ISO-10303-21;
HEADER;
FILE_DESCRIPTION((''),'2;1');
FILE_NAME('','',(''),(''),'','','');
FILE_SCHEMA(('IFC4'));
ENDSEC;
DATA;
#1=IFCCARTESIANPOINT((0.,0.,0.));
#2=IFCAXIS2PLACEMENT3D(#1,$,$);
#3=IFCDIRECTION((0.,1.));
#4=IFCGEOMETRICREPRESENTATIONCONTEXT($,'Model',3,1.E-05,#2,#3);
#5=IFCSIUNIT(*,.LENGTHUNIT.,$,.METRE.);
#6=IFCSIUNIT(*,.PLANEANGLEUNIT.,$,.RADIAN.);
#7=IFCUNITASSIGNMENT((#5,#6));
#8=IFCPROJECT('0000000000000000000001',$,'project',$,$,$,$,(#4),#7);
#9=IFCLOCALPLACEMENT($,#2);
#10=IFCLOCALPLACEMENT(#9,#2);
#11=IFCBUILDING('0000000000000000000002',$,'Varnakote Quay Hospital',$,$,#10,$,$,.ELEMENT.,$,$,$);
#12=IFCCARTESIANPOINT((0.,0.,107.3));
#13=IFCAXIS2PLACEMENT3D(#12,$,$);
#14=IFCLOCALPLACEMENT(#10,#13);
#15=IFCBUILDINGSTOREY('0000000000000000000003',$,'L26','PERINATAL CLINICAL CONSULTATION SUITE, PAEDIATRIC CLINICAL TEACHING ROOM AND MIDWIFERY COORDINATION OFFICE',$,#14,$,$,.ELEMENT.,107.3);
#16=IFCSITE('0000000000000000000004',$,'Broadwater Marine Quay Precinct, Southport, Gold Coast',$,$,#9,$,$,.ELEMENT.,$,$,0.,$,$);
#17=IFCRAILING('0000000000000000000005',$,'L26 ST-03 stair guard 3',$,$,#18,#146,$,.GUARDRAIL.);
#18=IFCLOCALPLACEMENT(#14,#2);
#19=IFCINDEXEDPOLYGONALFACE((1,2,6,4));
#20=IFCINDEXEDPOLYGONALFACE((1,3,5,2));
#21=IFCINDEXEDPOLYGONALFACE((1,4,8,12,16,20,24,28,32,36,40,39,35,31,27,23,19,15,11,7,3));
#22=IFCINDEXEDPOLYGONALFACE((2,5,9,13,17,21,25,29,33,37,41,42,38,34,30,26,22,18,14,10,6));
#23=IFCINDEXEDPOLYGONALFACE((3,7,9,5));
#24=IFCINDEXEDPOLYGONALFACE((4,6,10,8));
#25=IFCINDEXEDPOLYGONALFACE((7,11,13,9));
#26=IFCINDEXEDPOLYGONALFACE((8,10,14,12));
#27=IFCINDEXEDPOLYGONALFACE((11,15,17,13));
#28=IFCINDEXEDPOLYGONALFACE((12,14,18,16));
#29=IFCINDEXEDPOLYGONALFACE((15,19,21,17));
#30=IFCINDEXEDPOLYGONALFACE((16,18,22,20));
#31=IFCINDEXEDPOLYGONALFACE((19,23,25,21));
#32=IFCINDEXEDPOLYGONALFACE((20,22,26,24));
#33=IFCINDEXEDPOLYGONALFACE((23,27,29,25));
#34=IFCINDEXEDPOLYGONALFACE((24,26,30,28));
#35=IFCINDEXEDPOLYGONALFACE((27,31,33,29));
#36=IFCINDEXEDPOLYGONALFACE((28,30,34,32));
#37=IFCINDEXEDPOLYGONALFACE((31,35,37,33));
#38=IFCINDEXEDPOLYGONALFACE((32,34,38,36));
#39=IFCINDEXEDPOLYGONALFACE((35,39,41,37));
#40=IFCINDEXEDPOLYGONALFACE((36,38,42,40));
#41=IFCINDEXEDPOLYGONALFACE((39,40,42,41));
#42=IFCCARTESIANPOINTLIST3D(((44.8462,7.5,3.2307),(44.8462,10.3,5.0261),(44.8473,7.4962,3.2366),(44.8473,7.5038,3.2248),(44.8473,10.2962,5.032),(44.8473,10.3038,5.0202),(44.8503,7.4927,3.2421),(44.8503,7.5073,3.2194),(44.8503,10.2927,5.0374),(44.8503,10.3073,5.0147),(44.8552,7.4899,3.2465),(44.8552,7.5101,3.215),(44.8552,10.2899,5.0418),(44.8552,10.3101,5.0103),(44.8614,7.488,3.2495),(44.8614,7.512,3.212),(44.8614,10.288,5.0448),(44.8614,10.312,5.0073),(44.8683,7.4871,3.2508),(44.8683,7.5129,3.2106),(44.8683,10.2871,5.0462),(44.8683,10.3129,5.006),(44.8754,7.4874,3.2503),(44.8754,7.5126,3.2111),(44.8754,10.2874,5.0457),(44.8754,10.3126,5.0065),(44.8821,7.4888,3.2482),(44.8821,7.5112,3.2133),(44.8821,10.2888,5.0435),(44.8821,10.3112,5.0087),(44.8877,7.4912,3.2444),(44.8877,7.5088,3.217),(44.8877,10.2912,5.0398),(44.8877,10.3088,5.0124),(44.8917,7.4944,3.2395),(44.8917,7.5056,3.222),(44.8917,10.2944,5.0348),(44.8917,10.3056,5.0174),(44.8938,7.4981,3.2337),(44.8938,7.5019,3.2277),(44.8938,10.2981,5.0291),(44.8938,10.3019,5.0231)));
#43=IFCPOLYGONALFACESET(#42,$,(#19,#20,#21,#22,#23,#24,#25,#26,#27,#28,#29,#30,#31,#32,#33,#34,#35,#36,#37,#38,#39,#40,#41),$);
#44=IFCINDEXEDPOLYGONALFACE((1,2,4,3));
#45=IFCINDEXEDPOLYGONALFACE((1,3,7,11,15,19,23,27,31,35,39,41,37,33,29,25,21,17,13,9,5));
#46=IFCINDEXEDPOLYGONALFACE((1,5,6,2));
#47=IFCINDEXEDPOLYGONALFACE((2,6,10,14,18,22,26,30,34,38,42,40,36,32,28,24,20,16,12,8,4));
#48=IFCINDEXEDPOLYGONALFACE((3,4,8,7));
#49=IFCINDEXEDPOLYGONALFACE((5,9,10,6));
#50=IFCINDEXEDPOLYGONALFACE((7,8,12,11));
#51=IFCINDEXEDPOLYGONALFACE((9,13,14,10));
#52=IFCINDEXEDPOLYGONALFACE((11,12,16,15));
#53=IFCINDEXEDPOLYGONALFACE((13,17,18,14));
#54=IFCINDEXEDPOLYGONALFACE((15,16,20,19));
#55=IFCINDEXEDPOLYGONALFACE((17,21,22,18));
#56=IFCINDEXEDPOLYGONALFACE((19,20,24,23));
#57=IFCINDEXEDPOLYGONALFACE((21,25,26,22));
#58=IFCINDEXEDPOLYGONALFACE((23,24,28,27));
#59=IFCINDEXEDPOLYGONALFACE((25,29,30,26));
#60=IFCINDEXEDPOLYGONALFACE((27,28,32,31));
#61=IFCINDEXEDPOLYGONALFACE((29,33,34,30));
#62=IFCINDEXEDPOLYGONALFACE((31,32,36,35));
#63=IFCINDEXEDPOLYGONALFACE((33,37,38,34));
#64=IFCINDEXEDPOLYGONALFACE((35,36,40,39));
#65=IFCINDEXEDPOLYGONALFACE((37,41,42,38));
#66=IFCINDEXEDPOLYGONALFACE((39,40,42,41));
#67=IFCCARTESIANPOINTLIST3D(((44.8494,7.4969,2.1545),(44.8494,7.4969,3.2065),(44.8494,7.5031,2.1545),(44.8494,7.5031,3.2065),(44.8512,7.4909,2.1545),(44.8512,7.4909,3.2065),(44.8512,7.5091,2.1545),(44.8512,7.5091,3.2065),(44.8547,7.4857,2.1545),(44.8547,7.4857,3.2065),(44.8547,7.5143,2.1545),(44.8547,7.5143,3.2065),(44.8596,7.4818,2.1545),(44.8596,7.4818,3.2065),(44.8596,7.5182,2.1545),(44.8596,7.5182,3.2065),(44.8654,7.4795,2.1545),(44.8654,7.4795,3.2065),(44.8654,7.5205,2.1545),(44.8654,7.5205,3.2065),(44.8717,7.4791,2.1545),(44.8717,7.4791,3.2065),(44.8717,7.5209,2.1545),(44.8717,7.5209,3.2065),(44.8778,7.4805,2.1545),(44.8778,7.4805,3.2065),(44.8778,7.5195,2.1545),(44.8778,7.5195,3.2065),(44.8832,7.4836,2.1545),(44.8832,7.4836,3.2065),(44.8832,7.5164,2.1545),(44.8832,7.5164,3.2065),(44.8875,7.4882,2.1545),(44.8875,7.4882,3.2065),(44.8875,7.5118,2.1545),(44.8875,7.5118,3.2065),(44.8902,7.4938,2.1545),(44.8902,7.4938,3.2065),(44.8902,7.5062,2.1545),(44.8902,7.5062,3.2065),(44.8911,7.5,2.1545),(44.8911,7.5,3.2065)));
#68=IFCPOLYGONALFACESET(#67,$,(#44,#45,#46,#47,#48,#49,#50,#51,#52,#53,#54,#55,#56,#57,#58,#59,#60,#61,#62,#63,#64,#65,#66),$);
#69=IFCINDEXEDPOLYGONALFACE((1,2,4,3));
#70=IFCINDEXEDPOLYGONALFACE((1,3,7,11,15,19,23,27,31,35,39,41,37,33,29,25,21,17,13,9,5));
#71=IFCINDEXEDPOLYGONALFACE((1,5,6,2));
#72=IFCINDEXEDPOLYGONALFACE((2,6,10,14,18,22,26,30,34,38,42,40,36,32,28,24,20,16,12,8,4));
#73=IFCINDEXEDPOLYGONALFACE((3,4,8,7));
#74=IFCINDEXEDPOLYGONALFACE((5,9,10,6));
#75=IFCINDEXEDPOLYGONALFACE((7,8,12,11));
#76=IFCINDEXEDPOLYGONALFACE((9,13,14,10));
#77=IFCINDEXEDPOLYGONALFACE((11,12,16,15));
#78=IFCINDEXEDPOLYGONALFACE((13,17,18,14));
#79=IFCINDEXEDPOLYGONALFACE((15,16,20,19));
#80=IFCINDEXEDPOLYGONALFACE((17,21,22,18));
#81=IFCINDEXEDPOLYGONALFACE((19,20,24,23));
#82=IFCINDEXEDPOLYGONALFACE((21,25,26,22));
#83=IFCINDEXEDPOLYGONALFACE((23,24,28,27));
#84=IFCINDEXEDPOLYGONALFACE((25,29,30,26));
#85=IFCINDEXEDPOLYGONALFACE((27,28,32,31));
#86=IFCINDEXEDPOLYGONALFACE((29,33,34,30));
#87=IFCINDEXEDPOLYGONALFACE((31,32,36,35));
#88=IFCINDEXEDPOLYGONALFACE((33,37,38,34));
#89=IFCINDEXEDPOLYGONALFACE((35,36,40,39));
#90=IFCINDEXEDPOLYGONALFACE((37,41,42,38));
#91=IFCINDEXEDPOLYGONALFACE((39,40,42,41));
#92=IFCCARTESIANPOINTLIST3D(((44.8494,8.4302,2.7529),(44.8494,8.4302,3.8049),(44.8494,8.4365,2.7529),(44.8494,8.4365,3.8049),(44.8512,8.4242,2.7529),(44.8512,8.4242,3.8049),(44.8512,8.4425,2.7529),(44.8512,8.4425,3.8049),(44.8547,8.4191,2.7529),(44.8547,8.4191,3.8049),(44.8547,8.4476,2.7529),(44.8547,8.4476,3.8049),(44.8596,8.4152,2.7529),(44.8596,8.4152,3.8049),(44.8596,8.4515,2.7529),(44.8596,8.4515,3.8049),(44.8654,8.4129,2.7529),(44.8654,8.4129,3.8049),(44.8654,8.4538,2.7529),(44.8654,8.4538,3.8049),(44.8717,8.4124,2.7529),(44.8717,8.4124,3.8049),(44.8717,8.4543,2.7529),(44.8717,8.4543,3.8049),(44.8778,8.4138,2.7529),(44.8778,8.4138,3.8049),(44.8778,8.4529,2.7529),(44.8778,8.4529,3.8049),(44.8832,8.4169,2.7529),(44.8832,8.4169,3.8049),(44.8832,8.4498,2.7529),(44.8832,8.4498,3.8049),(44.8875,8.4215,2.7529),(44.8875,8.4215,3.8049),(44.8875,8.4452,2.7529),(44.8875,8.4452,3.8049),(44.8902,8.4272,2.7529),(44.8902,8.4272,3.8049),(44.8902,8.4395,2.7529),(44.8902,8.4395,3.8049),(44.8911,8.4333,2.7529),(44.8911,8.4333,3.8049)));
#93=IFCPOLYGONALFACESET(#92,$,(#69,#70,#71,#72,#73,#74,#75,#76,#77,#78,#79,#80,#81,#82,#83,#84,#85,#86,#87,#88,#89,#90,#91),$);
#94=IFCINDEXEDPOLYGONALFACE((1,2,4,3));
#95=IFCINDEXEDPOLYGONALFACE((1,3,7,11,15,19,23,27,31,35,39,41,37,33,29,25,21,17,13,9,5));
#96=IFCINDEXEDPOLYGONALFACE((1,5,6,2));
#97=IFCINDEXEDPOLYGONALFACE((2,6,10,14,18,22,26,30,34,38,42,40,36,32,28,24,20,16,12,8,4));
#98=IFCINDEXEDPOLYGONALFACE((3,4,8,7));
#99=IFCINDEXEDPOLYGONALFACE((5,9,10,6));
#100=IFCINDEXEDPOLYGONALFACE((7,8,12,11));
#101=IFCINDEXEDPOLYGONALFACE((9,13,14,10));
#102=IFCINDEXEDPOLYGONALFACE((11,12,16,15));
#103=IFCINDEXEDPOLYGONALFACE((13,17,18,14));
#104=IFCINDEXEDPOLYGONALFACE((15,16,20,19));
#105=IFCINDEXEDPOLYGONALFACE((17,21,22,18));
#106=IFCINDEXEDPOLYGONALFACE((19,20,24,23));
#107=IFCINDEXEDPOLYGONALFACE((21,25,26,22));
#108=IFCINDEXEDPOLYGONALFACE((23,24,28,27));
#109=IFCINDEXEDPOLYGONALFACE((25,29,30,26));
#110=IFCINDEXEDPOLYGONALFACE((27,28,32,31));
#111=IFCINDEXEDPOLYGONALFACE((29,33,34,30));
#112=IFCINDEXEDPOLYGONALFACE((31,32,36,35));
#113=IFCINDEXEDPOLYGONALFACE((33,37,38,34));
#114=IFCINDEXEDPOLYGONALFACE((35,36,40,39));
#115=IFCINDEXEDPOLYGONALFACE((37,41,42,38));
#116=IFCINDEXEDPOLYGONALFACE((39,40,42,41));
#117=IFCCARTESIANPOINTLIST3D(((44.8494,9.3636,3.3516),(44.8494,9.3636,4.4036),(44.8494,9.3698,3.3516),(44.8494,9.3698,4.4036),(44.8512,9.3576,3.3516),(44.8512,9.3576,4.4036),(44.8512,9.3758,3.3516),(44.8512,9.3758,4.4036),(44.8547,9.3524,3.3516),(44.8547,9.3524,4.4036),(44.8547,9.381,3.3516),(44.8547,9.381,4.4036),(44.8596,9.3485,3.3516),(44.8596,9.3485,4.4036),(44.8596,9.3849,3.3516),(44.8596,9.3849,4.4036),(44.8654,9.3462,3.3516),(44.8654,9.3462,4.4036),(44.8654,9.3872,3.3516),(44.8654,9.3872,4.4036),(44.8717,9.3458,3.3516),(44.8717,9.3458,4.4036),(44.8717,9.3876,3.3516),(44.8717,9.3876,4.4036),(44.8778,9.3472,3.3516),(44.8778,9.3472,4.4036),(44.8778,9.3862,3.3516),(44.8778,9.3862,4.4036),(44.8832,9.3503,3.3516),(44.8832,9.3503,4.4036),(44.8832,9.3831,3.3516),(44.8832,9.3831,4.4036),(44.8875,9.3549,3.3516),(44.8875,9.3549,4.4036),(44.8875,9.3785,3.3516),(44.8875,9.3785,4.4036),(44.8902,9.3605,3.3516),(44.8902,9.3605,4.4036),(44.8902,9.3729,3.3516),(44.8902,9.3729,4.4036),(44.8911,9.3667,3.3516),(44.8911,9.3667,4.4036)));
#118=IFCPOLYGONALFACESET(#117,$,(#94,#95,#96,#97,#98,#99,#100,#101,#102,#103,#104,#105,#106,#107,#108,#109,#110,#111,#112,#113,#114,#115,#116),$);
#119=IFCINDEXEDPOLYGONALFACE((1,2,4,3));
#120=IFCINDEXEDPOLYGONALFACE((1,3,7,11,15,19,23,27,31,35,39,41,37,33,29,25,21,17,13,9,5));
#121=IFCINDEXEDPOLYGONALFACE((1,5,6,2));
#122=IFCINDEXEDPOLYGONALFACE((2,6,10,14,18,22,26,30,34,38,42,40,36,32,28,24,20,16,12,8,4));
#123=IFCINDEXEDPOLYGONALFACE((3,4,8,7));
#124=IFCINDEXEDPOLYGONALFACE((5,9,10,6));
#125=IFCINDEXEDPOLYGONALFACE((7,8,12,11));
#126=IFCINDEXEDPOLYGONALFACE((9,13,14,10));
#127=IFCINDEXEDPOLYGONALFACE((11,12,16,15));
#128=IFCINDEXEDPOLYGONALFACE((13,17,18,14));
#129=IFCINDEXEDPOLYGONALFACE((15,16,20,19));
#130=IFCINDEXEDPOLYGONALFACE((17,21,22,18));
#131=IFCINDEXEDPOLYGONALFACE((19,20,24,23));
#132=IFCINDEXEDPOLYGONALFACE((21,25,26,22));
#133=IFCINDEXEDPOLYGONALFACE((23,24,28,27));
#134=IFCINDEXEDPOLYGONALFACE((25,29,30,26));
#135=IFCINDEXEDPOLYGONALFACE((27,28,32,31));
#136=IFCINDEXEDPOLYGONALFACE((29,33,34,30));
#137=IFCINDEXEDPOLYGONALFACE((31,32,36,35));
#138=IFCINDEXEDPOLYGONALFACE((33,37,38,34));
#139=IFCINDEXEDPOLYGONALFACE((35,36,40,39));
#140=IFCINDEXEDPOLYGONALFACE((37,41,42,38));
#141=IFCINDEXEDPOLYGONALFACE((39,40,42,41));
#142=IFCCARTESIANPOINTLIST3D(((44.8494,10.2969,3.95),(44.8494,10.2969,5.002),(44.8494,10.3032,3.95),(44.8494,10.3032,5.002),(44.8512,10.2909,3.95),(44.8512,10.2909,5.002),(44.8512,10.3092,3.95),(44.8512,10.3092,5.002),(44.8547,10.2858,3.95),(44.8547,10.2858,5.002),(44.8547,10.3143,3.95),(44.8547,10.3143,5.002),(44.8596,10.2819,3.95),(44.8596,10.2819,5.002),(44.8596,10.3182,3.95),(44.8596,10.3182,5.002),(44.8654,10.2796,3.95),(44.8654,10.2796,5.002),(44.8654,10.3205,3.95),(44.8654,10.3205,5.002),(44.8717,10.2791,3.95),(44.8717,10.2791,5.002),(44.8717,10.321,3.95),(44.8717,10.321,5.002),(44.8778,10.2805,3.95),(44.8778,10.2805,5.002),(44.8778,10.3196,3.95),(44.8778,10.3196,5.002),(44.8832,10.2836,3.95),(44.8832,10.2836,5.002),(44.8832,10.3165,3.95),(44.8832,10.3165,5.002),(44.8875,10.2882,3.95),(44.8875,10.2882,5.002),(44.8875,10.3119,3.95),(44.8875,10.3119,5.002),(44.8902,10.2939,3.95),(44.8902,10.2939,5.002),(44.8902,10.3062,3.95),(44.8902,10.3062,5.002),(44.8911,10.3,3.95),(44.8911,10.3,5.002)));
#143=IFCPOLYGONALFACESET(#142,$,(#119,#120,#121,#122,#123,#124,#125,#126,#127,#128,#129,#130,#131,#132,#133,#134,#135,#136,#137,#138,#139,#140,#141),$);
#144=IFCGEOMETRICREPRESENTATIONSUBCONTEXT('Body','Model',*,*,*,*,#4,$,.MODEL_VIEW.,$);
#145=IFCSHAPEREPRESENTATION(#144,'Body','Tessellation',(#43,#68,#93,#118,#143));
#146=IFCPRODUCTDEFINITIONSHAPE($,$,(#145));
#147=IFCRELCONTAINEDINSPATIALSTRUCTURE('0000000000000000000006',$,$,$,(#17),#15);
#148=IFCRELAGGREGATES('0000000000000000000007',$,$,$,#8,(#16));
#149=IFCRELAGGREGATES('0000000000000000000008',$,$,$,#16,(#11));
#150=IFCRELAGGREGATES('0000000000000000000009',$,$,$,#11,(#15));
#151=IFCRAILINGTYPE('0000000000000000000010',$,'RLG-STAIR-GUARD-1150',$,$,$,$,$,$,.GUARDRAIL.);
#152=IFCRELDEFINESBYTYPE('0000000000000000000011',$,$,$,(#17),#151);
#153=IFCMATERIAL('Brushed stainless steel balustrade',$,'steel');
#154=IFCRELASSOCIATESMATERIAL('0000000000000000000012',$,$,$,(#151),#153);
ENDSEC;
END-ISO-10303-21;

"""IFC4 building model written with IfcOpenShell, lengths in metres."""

from ifc_helpers import new_model, si_unit, direction, frame, origin, origin_2d, place, context, subcontext, project, spatial, circle, extrude, material, type_object, element, save


model = new_model("IFC4")

# Units and contexts
model_context = context("Model", 3, precision=1e-05, world=origin(), true_north=direction((0.0, 1.0)))
body_context = subcontext(model_context, "Body", "Model", "MODEL_VIEW")
ifc_project = project(units=[si_unit("LENGTHUNIT", "METRE"), si_unit("PLANEANGLEUNIT", "RADIAN")], contexts=[model_context])

# Site, building, storey
site_placement = place(None, origin())
site = spatial("IfcSite", under=ifc_project, at=site_placement, Name="Broadwater Marine Quay Precinct, Southport, Gold Coast", CompositionType="ELEMENT", RefElevation=0.0)
building_placement = place(site_placement, origin())
building = spatial("IfcBuilding", under=site, at=building_placement, Name="Varnakote Quay Hospital", CompositionType="ELEMENT")
storey_placement = place(building_placement, frame((0.0, 0.0, 107.3)))
storey = spatial("IfcBuildingStorey", under=building, at=storey_placement, Name="L26", Description="PERINATAL CLINICAL CONSULTATION SUITE, PAEDIATRIC CLINICAL TEACHING ROOM AND MIDWIFERY COORDINATION OFFICE", CompositionType="ELEMENT", Elevation=107.3)

# Railing
ifc_material_1 = material(Name="Brushed stainless steel balustrade", Category="steel")
railing_type_1 = type_object("IfcRailingType", Name="RLG-STAIR-GUARD-1150", PredefinedType="GUARDRAIL", material=ifc_material_1)
railing_1_placement = place(storey_placement, frame((44.8701, 7.5, 2.1545)))
element("IfcRailing", 1, at=railing_1_placement, inside=storey, type_object=railing_type_1, Name="L26 ST-03 stair guard 3", PredefinedType="GUARDRAIL", context=body_context, shape_type="SweptSolid", body=[
    extrude(circle(Radius=0.0239, at=origin_2d()), frame((0.0, 0.0, 1.0762), z_axis=(0.0, 0.84181, 0.539774), x_axis=(-1.0, 0.0, 0.0)), (0.0, 0.0, 1.0), 3.3262),
    extrude(circle(Radius=0.021, at=origin_2d()), origin(), (0.0, 0.0, 1.0), 1.052),
    extrude(circle(Radius=0.021, at=origin_2d()), frame((0.0, 0.9333, 0.5984)), (0.0, 0.0, 1.0), 1.052),
    extrude(circle(Radius=0.021, at=origin_2d()), frame((0.0, 1.8667, 1.197)), (0.0, 0.0, 1.0), 1.052),
    extrude(circle(Radius=0.021, at=origin_2d()), frame((0.0, 2.8, 1.7954)), (0.0, 0.0, 1.0), 1.052),
])

save(model, "model.ifc")
